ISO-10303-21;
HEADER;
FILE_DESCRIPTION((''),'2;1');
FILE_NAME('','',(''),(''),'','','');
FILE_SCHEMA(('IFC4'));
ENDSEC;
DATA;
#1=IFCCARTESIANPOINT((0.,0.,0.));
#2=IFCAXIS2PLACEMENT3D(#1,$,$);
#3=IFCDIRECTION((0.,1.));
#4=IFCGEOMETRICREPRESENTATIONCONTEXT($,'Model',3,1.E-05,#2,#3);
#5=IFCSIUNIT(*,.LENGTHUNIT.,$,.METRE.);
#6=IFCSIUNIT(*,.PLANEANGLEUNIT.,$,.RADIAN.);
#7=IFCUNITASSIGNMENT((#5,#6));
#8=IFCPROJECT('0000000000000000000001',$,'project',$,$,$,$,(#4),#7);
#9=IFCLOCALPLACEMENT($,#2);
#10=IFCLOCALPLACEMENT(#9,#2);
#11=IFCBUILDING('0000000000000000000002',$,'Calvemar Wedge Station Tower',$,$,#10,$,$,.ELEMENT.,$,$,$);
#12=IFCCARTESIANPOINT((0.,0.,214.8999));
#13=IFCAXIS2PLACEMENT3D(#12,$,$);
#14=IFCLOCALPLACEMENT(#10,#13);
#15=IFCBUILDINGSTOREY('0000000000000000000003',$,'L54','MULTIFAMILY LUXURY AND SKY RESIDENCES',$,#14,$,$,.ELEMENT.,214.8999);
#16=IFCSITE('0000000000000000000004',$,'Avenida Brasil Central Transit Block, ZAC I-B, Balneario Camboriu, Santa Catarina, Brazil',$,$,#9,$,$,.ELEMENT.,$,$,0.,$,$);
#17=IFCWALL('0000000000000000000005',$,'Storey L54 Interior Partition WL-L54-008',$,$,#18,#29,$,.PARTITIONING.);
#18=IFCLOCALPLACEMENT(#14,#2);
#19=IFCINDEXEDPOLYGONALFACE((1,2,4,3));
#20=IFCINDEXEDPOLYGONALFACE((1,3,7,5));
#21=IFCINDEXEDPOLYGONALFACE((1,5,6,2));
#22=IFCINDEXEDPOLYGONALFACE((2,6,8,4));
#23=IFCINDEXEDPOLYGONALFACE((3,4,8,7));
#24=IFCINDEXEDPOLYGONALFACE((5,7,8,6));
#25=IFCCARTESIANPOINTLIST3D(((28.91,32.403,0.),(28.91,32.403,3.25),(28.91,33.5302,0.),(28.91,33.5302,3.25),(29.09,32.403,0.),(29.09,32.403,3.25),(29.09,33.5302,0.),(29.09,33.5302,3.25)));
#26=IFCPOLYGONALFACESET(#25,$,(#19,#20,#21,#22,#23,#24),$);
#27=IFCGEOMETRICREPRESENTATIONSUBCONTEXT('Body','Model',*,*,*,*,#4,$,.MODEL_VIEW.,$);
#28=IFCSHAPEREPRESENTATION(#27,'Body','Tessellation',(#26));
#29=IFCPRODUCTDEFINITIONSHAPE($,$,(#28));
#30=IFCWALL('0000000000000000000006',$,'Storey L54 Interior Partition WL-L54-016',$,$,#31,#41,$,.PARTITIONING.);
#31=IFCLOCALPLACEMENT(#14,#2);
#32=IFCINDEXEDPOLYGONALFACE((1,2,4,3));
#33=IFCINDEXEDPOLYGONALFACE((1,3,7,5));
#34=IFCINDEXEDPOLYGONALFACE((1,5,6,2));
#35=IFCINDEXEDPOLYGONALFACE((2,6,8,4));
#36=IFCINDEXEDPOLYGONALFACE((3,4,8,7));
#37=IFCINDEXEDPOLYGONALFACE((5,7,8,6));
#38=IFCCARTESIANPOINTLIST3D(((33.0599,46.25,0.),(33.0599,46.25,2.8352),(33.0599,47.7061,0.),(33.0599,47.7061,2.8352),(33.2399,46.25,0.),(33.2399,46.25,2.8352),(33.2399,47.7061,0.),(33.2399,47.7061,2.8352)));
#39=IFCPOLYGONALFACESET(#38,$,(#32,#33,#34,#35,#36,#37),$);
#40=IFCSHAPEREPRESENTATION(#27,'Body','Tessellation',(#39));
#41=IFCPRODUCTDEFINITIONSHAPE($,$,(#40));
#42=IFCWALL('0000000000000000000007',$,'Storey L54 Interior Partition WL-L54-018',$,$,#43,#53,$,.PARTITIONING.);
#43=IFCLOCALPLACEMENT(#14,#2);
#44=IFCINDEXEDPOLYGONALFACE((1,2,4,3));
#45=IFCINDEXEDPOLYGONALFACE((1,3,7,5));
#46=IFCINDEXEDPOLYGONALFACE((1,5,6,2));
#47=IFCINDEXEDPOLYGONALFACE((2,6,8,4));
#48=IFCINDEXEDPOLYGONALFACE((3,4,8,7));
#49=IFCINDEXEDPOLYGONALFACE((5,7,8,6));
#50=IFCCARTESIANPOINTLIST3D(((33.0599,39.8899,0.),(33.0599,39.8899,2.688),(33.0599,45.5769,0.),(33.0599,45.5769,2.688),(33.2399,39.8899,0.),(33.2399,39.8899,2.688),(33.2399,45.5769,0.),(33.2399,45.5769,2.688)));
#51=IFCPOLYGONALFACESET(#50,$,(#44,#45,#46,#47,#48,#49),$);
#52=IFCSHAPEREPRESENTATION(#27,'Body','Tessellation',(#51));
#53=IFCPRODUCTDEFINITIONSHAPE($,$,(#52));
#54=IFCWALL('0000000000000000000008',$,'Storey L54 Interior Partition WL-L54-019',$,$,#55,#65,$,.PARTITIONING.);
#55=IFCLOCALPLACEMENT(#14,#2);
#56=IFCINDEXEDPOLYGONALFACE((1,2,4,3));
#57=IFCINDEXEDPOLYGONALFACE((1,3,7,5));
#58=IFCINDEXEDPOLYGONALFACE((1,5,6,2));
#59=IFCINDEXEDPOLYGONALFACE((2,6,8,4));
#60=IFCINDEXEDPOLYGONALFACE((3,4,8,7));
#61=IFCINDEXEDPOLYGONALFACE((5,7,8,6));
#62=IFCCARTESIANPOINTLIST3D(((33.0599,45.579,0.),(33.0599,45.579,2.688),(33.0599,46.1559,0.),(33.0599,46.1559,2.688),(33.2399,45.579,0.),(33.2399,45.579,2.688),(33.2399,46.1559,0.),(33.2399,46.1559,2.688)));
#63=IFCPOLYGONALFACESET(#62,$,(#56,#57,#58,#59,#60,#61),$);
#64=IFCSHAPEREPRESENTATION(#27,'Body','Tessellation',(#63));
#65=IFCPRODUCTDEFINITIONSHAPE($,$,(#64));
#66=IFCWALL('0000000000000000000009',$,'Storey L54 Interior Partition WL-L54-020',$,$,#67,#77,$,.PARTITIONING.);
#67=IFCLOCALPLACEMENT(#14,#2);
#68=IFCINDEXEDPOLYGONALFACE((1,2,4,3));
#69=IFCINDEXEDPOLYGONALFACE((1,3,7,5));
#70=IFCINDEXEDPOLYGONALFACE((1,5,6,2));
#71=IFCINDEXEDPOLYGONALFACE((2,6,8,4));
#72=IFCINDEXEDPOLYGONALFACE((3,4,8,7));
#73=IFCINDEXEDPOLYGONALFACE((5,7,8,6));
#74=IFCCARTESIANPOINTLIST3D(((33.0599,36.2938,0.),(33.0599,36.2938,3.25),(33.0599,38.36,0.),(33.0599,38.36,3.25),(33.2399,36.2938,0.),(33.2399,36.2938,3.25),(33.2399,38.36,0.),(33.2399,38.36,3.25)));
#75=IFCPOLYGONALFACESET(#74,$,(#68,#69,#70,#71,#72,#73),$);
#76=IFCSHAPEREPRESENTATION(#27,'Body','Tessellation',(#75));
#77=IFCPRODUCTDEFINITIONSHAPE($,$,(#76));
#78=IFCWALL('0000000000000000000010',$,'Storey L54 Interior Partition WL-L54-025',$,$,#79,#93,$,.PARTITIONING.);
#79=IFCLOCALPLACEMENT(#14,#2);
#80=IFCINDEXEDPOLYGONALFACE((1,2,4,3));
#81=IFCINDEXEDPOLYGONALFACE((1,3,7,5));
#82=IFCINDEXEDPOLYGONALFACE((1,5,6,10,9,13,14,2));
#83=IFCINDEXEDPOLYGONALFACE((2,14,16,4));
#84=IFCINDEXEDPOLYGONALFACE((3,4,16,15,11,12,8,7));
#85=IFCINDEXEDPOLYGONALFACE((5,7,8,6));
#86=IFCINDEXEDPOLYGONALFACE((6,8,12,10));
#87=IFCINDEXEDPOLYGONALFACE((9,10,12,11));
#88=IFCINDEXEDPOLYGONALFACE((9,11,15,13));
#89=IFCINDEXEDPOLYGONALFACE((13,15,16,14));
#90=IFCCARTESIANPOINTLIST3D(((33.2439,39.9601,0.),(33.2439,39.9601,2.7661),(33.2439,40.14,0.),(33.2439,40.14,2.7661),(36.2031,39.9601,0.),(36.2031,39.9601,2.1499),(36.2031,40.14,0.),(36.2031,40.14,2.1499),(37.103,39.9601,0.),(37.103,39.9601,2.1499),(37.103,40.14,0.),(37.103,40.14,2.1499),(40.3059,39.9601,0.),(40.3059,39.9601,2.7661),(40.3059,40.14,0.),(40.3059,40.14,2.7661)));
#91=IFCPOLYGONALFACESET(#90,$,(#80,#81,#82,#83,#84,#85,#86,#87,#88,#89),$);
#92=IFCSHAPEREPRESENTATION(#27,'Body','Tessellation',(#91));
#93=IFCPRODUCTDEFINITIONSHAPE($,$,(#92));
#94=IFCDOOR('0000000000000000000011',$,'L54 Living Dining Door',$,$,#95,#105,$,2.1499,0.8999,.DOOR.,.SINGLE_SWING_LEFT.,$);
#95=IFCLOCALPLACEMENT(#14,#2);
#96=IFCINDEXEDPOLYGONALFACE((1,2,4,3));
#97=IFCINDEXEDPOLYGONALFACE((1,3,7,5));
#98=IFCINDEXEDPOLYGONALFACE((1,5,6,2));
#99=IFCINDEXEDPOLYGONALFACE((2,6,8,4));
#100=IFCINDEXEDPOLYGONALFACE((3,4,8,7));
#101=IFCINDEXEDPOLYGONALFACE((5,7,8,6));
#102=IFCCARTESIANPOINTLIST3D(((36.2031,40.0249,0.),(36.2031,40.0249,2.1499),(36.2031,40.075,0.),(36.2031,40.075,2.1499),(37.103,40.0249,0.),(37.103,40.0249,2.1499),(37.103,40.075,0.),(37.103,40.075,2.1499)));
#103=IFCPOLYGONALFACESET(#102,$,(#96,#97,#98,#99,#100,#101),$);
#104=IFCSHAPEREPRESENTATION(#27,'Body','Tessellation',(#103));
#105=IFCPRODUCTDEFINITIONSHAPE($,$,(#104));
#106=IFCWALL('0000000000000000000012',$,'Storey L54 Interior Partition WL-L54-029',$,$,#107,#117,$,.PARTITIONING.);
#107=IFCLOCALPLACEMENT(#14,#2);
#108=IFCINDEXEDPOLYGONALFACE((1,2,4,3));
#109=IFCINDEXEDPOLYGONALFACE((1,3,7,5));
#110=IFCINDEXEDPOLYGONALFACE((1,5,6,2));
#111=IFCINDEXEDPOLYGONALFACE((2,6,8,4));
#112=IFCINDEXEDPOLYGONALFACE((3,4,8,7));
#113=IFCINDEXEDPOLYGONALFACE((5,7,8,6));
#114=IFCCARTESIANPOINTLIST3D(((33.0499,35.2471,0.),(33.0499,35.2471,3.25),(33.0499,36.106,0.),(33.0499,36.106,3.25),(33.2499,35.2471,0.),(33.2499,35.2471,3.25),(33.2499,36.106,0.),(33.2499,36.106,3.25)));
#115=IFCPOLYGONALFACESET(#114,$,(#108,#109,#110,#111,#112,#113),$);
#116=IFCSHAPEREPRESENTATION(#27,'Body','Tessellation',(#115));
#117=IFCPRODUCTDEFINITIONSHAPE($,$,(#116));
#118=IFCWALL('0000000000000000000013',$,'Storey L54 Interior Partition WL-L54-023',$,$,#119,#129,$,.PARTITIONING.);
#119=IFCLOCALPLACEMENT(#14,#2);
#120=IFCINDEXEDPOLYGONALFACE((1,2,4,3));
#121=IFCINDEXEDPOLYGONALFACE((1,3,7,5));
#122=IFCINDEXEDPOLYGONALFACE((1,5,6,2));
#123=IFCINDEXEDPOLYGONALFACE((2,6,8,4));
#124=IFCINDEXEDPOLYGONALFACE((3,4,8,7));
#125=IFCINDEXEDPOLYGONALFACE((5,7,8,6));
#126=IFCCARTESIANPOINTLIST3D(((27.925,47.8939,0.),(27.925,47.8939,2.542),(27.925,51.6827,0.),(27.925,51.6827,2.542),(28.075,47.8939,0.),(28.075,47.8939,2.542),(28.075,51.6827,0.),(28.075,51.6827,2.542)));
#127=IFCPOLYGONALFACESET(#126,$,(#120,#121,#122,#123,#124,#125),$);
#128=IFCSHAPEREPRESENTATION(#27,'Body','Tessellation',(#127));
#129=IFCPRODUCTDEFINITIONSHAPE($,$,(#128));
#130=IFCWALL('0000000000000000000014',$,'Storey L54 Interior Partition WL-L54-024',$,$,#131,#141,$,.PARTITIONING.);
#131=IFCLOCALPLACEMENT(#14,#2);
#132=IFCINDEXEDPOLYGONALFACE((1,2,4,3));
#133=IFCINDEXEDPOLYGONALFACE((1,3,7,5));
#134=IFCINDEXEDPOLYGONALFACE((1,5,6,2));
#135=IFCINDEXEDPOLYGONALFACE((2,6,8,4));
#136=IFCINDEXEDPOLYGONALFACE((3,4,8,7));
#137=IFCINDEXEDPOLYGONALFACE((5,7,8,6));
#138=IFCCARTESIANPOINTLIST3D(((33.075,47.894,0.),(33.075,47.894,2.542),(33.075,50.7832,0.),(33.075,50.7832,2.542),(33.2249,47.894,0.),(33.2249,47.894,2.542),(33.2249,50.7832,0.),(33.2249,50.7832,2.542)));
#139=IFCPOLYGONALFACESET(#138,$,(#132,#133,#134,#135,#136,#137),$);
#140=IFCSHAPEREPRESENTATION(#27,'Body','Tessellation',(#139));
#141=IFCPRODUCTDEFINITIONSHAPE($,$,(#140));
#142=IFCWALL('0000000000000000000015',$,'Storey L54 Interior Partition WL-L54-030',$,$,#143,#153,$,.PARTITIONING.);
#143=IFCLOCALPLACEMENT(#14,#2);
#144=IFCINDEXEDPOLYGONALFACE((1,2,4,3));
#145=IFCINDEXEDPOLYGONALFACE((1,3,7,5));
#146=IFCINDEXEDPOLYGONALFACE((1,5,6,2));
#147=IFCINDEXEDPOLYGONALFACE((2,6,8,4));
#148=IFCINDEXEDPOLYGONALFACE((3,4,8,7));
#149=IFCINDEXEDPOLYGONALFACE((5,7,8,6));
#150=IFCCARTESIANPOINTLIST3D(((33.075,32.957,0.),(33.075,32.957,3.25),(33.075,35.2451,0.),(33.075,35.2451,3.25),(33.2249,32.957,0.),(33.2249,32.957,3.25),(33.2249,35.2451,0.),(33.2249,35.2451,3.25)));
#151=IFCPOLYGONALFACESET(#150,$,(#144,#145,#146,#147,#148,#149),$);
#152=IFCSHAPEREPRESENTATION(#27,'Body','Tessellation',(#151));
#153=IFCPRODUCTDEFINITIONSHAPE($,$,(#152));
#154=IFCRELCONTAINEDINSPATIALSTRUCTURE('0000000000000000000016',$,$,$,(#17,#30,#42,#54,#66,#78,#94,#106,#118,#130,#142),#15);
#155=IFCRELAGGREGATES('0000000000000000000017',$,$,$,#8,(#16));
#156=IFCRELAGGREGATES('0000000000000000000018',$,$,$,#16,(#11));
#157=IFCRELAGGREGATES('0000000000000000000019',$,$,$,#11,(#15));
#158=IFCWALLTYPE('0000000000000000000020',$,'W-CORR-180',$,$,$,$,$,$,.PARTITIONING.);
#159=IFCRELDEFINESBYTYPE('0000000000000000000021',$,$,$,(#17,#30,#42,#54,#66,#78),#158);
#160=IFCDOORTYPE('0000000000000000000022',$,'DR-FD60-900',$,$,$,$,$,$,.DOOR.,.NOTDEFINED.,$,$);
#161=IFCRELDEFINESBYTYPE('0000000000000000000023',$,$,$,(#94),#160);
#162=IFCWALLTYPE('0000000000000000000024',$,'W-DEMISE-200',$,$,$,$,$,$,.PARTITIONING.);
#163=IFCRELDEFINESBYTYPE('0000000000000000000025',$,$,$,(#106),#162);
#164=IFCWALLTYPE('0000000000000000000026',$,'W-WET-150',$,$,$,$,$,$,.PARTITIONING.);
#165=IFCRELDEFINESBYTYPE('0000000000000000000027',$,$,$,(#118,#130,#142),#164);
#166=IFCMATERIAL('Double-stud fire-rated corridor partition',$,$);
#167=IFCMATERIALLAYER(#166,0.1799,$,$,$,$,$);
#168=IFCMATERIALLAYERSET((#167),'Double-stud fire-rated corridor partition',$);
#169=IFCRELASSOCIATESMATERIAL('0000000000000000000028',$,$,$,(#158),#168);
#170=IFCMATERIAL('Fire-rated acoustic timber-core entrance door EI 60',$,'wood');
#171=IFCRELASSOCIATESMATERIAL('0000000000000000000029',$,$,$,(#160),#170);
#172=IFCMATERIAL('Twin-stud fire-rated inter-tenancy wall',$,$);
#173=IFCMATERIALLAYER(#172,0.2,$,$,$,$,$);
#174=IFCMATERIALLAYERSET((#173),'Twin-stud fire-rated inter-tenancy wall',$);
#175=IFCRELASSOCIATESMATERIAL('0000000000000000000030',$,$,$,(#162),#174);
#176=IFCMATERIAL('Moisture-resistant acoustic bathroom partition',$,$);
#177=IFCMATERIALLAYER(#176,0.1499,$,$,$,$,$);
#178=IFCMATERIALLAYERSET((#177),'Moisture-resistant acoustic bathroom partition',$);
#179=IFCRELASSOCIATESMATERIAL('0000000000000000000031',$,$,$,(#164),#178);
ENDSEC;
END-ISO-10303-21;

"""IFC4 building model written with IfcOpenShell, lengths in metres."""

from ifc_helpers import new_model, si_unit, direction, frame, frame_2d, origin, place, context, subcontext, project, spatial, rectangle, extrude, source, transform, mapped, material, layer, layer_set, type_object, element, fill, save


model = new_model("IFC4")

# Units and contexts
model_context = context("Model", 3, precision=1e-05, world=origin(), true_north=direction((0.0, 1.0)))
body_context = subcontext(model_context, "Body", "Model", "MODEL_VIEW")
ifc_project = project(units=[si_unit("LENGTHUNIT", "METRE"), si_unit("PLANEANGLEUNIT", "RADIAN")], contexts=[model_context])

# Site, building, storey
site_placement = place(None, origin())
site = spatial("IfcSite", under=ifc_project, at=site_placement, Name="Avenida Brasil Central Transit Block, ZAC I-B, Balneario Camboriu, Santa Catarina, Brazil", CompositionType="ELEMENT", RefElevation=0.0)
building_placement = place(site_placement, origin())
building = spatial("IfcBuilding", under=site, at=building_placement, Name="Calvemar Wedge Station Tower", CompositionType="ELEMENT")
storey_placement = place(building_placement, frame((0.0, 0.0, 214.8999)))
storey = spatial("IfcBuildingStorey", under=building, at=storey_placement, Name="L54", Description="MULTIFAMILY LUXURY AND SKY RESIDENCES", CompositionType="ELEMENT", Elevation=214.8999)

# Wall
ifc_material_1 = material(Name="Double-stud fire-rated corridor partition")
ifc_layer_1 = layer(ifc_material_1, 0.1799)
ifc_layer_set_1 = layer_set([ifc_layer_1], Name="Double-stud fire-rated corridor partition")
wall_type_1 = type_object("IfcWallType", Name="W-CORR-180", PredefinedType="PARTITIONING", material=ifc_layer_set_1)
wall_1_placement = place(storey_placement, frame((29.0, 33.53, 0.0), z_axis=(0.0, 0.0, 1.0), x_axis=(0.0, -1.0, 0.0)))
element("IfcWall", 1, at=wall_1_placement, inside=storey, type_object=wall_type_1, Name="Storey L54 Interior Partition WL-L54-008", PredefinedType="PARTITIONING", context=body_context, shape_type="SweptSolid", body=[
    extrude(rectangle(XDim=1.1272, YDim=0.1799, at=frame_2d((0.5635, 0.0))), origin(), (0.0, 0.0, 1.0), 3.25),
])

# Wall
wall_2_placement = place(storey_placement, frame((33.1499, 47.7061, 0.0), z_axis=(0.0, 0.0, 1.0), x_axis=(0.0, -1.0, 0.0)))
element("IfcWall", 2, at=wall_2_placement, inside=storey, type_object=wall_type_1, Name="Storey L54 Interior Partition WL-L54-016", PredefinedType="PARTITIONING", context=body_context, shape_type="SweptSolid", body=[
    extrude(rectangle(XDim=1.4561, YDim=0.1799, at=frame_2d((0.728, 0.0))), origin(), (0.0, 0.0, 1.0), 2.8352),
])

# Walls
wall_3_placement = place(storey_placement, frame((33.1499, 45.5769, 0.0), z_axis=(0.0, 0.0, 1.0), x_axis=(0.0, -1.0, 0.0)))
element("IfcWall", 3, at=wall_3_placement, inside=storey, type_object=wall_type_1, Name="Storey L54 Interior Partition WL-L54-018", PredefinedType="PARTITIONING", context=body_context, shape_type="SweptSolid", body=[
    extrude(rectangle(XDim=5.687, YDim=0.1799, at=frame_2d((2.8435, 0.0))), origin(), (0.0, 0.0, 1.0), 2.688),
])
wall_4_placement = place(storey_placement, frame((33.1499, 46.156, 0.0), z_axis=(0.0, 0.0, 1.0), x_axis=(0.0, -1.0, 0.0)))
element("IfcWall", 4, at=wall_4_placement, inside=storey, type_object=wall_type_1, Name="Storey L54 Interior Partition WL-L54-019", PredefinedType="PARTITIONING", context=body_context, shape_type="SweptSolid", body=[
    extrude(rectangle(XDim=0.5769, YDim=0.1799, at=frame_2d((0.2886, 0.0))), origin(), (0.0, 0.0, 1.0), 2.688),
])
wall_5_placement = place(storey_placement, frame((33.1499, 38.3601, 0.0), z_axis=(0.0, 0.0, 1.0), x_axis=(0.0, -1.0, 0.0)))
element("IfcWall", 5, at=wall_5_placement, inside=storey, type_object=wall_type_1, Name="Storey L54 Interior Partition WL-L54-020", PredefinedType="PARTITIONING", context=body_context, shape_type="SweptSolid", body=[
    extrude(rectangle(XDim=2.0662, YDim=0.1799, at=frame_2d((1.0332, 0.0))), origin(), (0.0, 0.0, 1.0), 3.25),
])

# Wall, opening, door
wall_6_placement = place(storey_placement, frame((33.2439, 40.05, 0.0), z_axis=(0.0, 0.0, 1.0), x_axis=(1.0, 0.0, 0.0)))
wall_6 = element("IfcWall", 6, at=wall_6_placement, inside=storey, type_object=wall_type_1, Name="Storey L54 Interior Partition WL-L54-025", PredefinedType="PARTITIONING", context=body_context, shape_type="SweptSolid", body=[
    extrude(rectangle(XDim=7.062, YDim=0.1799, at=frame_2d((3.531, 0.0))), origin(), (0.0, 0.0, 1.0), 2.7661),
])
shared_shape_1 = source(origin(), body_context, "Body", "SweptSolid", [
    extrude(rectangle(XDim=0.8999, YDim=2.1499, at=frame_2d((0.45, 1.075))), frame((0.0, 0.1001, 0.0), z_axis=(0.0, -1.0, 0.0), x_axis=(1.0, 0.0, 0.0)), (0.0, 0.0, 1.0), 0.2),
])
opening_1_placement = place(wall_6_placement, frame((2.9592, 0.0, 0.0)))
opening_1 = element("IfcOpeningElement", 7, at=opening_1_placement, cuts=wall_6, PredefinedType="OPENING", context=body_context, shape_type="MappedRepresentation", body=[
    mapped(shared_shape_1, transform((0.0, 0.0, 0.0), scale=1.0)),
])
ifc_material_2 = material(Name="Fire-rated acoustic timber-core entrance door EI 60", Category="wood")
door_type_1 = type_object("IfcDoorType", Name="DR-FD60-900", OperationType="NOTDEFINED", PredefinedType="DOOR", material=ifc_material_2)
shared_shape_2 = source(origin(), body_context, "Body", "SweptSolid", [
    extrude(rectangle(XDim=0.8999, YDim=2.1499, at=frame_2d((0.45, 1.075))), frame((0.0, 0.0249, 0.0), z_axis=(0.0, -1.0, 0.0), x_axis=(1.0, 0.0, 0.0)), (0.0, 0.0, 1.0), 0.05),
])
door_1_placement = place(opening_1_placement, origin())
door_1 = element("IfcDoor", 8, at=door_1_placement, inside=storey, type_object=door_type_1, Name="L54 Living Dining Door", OperationType="SINGLE_SWING_LEFT", OverallHeight=2.1499, OverallWidth=0.8999, PredefinedType="DOOR", context=body_context, shape_type="MappedRepresentation", body=[
    mapped(shared_shape_2, transform((0.0, 0.0, 0.0), scale=1.0)),
])
fill(opening_1, door_1)

# Walls
ifc_material_3 = material(Name="Twin-stud fire-rated inter-tenancy wall")
ifc_layer_2 = layer(ifc_material_3, 0.2)
ifc_layer_set_2 = layer_set([ifc_layer_2], Name="Twin-stud fire-rated inter-tenancy wall")
wall_type_2 = type_object("IfcWallType", Name="W-DEMISE-200", PredefinedType="PARTITIONING", material=ifc_layer_set_2)
wall_7_placement = place(storey_placement, frame((33.1499, 36.106, 0.0), z_axis=(0.0, 0.0, 1.0), x_axis=(0.0, -1.0, 0.0)))
element("IfcWall", 9, at=wall_7_placement, inside=storey, type_object=wall_type_2, Name="Storey L54 Interior Partition WL-L54-029", PredefinedType="PARTITIONING", context=body_context, shape_type="SweptSolid", body=[
    extrude(rectangle(XDim=0.8589, YDim=0.2, at=frame_2d((0.4294, 0.0))), origin(), (0.0, 0.0, 1.0), 3.25),
])
ifc_material_4 = material(Name="Moisture-resistant acoustic bathroom partition")
ifc_layer_3 = layer(ifc_material_4, 0.1499)
ifc_layer_set_3 = layer_set([ifc_layer_3], Name="Moisture-resistant acoustic bathroom partition")
wall_type_3 = type_object("IfcWallType", Name="W-WET-150", PredefinedType="PARTITIONING", material=ifc_layer_set_3)
wall_8_placement = place(storey_placement, frame((28.0, 51.6829, 0.0), z_axis=(0.0, 0.0, 1.0), x_axis=(0.0, -1.0, 0.0)))
element("IfcWall", 10, at=wall_8_placement, inside=storey, type_object=wall_type_3, Name="Storey L54 Interior Partition WL-L54-023", PredefinedType="PARTITIONING", context=body_context, shape_type="SweptSolid", body=[
    extrude(rectangle(XDim=3.7888, YDim=0.1499, at=frame_2d((1.8945, 0.0))), origin(), (0.0, 0.0, 1.0), 2.542),
])
wall_9_placement = place(storey_placement, frame((33.1499, 50.7832, 0.0), z_axis=(0.0, 0.0, 1.0), x_axis=(0.0, -1.0, 0.0)))
element("IfcWall", 11, at=wall_9_placement, inside=storey, type_object=wall_type_3, Name="Storey L54 Interior Partition WL-L54-024", PredefinedType="PARTITIONING", context=body_context, shape_type="SweptSolid", body=[
    extrude(rectangle(XDim=2.8892, YDim=0.1499, at=frame_2d((1.4446, 0.0))), origin(), (0.0, 0.0, 1.0), 2.542),
])
wall_10_placement = place(storey_placement, frame((33.1499, 35.2451, 0.0), z_axis=(0.0, 0.0, 1.0), x_axis=(0.0, -1.0, 0.0)))
element("IfcWall", 12, at=wall_10_placement, inside=storey, type_object=wall_type_3, Name="Storey L54 Interior Partition WL-L54-030", PredefinedType="PARTITIONING", context=body_context, shape_type="SweptSolid", body=[
    extrude(rectangle(XDim=2.2881, YDim=0.1499, at=frame_2d((1.144, 0.0))), origin(), (0.0, 0.0, 1.0), 3.25),
])

save(model, "model.ifc")
